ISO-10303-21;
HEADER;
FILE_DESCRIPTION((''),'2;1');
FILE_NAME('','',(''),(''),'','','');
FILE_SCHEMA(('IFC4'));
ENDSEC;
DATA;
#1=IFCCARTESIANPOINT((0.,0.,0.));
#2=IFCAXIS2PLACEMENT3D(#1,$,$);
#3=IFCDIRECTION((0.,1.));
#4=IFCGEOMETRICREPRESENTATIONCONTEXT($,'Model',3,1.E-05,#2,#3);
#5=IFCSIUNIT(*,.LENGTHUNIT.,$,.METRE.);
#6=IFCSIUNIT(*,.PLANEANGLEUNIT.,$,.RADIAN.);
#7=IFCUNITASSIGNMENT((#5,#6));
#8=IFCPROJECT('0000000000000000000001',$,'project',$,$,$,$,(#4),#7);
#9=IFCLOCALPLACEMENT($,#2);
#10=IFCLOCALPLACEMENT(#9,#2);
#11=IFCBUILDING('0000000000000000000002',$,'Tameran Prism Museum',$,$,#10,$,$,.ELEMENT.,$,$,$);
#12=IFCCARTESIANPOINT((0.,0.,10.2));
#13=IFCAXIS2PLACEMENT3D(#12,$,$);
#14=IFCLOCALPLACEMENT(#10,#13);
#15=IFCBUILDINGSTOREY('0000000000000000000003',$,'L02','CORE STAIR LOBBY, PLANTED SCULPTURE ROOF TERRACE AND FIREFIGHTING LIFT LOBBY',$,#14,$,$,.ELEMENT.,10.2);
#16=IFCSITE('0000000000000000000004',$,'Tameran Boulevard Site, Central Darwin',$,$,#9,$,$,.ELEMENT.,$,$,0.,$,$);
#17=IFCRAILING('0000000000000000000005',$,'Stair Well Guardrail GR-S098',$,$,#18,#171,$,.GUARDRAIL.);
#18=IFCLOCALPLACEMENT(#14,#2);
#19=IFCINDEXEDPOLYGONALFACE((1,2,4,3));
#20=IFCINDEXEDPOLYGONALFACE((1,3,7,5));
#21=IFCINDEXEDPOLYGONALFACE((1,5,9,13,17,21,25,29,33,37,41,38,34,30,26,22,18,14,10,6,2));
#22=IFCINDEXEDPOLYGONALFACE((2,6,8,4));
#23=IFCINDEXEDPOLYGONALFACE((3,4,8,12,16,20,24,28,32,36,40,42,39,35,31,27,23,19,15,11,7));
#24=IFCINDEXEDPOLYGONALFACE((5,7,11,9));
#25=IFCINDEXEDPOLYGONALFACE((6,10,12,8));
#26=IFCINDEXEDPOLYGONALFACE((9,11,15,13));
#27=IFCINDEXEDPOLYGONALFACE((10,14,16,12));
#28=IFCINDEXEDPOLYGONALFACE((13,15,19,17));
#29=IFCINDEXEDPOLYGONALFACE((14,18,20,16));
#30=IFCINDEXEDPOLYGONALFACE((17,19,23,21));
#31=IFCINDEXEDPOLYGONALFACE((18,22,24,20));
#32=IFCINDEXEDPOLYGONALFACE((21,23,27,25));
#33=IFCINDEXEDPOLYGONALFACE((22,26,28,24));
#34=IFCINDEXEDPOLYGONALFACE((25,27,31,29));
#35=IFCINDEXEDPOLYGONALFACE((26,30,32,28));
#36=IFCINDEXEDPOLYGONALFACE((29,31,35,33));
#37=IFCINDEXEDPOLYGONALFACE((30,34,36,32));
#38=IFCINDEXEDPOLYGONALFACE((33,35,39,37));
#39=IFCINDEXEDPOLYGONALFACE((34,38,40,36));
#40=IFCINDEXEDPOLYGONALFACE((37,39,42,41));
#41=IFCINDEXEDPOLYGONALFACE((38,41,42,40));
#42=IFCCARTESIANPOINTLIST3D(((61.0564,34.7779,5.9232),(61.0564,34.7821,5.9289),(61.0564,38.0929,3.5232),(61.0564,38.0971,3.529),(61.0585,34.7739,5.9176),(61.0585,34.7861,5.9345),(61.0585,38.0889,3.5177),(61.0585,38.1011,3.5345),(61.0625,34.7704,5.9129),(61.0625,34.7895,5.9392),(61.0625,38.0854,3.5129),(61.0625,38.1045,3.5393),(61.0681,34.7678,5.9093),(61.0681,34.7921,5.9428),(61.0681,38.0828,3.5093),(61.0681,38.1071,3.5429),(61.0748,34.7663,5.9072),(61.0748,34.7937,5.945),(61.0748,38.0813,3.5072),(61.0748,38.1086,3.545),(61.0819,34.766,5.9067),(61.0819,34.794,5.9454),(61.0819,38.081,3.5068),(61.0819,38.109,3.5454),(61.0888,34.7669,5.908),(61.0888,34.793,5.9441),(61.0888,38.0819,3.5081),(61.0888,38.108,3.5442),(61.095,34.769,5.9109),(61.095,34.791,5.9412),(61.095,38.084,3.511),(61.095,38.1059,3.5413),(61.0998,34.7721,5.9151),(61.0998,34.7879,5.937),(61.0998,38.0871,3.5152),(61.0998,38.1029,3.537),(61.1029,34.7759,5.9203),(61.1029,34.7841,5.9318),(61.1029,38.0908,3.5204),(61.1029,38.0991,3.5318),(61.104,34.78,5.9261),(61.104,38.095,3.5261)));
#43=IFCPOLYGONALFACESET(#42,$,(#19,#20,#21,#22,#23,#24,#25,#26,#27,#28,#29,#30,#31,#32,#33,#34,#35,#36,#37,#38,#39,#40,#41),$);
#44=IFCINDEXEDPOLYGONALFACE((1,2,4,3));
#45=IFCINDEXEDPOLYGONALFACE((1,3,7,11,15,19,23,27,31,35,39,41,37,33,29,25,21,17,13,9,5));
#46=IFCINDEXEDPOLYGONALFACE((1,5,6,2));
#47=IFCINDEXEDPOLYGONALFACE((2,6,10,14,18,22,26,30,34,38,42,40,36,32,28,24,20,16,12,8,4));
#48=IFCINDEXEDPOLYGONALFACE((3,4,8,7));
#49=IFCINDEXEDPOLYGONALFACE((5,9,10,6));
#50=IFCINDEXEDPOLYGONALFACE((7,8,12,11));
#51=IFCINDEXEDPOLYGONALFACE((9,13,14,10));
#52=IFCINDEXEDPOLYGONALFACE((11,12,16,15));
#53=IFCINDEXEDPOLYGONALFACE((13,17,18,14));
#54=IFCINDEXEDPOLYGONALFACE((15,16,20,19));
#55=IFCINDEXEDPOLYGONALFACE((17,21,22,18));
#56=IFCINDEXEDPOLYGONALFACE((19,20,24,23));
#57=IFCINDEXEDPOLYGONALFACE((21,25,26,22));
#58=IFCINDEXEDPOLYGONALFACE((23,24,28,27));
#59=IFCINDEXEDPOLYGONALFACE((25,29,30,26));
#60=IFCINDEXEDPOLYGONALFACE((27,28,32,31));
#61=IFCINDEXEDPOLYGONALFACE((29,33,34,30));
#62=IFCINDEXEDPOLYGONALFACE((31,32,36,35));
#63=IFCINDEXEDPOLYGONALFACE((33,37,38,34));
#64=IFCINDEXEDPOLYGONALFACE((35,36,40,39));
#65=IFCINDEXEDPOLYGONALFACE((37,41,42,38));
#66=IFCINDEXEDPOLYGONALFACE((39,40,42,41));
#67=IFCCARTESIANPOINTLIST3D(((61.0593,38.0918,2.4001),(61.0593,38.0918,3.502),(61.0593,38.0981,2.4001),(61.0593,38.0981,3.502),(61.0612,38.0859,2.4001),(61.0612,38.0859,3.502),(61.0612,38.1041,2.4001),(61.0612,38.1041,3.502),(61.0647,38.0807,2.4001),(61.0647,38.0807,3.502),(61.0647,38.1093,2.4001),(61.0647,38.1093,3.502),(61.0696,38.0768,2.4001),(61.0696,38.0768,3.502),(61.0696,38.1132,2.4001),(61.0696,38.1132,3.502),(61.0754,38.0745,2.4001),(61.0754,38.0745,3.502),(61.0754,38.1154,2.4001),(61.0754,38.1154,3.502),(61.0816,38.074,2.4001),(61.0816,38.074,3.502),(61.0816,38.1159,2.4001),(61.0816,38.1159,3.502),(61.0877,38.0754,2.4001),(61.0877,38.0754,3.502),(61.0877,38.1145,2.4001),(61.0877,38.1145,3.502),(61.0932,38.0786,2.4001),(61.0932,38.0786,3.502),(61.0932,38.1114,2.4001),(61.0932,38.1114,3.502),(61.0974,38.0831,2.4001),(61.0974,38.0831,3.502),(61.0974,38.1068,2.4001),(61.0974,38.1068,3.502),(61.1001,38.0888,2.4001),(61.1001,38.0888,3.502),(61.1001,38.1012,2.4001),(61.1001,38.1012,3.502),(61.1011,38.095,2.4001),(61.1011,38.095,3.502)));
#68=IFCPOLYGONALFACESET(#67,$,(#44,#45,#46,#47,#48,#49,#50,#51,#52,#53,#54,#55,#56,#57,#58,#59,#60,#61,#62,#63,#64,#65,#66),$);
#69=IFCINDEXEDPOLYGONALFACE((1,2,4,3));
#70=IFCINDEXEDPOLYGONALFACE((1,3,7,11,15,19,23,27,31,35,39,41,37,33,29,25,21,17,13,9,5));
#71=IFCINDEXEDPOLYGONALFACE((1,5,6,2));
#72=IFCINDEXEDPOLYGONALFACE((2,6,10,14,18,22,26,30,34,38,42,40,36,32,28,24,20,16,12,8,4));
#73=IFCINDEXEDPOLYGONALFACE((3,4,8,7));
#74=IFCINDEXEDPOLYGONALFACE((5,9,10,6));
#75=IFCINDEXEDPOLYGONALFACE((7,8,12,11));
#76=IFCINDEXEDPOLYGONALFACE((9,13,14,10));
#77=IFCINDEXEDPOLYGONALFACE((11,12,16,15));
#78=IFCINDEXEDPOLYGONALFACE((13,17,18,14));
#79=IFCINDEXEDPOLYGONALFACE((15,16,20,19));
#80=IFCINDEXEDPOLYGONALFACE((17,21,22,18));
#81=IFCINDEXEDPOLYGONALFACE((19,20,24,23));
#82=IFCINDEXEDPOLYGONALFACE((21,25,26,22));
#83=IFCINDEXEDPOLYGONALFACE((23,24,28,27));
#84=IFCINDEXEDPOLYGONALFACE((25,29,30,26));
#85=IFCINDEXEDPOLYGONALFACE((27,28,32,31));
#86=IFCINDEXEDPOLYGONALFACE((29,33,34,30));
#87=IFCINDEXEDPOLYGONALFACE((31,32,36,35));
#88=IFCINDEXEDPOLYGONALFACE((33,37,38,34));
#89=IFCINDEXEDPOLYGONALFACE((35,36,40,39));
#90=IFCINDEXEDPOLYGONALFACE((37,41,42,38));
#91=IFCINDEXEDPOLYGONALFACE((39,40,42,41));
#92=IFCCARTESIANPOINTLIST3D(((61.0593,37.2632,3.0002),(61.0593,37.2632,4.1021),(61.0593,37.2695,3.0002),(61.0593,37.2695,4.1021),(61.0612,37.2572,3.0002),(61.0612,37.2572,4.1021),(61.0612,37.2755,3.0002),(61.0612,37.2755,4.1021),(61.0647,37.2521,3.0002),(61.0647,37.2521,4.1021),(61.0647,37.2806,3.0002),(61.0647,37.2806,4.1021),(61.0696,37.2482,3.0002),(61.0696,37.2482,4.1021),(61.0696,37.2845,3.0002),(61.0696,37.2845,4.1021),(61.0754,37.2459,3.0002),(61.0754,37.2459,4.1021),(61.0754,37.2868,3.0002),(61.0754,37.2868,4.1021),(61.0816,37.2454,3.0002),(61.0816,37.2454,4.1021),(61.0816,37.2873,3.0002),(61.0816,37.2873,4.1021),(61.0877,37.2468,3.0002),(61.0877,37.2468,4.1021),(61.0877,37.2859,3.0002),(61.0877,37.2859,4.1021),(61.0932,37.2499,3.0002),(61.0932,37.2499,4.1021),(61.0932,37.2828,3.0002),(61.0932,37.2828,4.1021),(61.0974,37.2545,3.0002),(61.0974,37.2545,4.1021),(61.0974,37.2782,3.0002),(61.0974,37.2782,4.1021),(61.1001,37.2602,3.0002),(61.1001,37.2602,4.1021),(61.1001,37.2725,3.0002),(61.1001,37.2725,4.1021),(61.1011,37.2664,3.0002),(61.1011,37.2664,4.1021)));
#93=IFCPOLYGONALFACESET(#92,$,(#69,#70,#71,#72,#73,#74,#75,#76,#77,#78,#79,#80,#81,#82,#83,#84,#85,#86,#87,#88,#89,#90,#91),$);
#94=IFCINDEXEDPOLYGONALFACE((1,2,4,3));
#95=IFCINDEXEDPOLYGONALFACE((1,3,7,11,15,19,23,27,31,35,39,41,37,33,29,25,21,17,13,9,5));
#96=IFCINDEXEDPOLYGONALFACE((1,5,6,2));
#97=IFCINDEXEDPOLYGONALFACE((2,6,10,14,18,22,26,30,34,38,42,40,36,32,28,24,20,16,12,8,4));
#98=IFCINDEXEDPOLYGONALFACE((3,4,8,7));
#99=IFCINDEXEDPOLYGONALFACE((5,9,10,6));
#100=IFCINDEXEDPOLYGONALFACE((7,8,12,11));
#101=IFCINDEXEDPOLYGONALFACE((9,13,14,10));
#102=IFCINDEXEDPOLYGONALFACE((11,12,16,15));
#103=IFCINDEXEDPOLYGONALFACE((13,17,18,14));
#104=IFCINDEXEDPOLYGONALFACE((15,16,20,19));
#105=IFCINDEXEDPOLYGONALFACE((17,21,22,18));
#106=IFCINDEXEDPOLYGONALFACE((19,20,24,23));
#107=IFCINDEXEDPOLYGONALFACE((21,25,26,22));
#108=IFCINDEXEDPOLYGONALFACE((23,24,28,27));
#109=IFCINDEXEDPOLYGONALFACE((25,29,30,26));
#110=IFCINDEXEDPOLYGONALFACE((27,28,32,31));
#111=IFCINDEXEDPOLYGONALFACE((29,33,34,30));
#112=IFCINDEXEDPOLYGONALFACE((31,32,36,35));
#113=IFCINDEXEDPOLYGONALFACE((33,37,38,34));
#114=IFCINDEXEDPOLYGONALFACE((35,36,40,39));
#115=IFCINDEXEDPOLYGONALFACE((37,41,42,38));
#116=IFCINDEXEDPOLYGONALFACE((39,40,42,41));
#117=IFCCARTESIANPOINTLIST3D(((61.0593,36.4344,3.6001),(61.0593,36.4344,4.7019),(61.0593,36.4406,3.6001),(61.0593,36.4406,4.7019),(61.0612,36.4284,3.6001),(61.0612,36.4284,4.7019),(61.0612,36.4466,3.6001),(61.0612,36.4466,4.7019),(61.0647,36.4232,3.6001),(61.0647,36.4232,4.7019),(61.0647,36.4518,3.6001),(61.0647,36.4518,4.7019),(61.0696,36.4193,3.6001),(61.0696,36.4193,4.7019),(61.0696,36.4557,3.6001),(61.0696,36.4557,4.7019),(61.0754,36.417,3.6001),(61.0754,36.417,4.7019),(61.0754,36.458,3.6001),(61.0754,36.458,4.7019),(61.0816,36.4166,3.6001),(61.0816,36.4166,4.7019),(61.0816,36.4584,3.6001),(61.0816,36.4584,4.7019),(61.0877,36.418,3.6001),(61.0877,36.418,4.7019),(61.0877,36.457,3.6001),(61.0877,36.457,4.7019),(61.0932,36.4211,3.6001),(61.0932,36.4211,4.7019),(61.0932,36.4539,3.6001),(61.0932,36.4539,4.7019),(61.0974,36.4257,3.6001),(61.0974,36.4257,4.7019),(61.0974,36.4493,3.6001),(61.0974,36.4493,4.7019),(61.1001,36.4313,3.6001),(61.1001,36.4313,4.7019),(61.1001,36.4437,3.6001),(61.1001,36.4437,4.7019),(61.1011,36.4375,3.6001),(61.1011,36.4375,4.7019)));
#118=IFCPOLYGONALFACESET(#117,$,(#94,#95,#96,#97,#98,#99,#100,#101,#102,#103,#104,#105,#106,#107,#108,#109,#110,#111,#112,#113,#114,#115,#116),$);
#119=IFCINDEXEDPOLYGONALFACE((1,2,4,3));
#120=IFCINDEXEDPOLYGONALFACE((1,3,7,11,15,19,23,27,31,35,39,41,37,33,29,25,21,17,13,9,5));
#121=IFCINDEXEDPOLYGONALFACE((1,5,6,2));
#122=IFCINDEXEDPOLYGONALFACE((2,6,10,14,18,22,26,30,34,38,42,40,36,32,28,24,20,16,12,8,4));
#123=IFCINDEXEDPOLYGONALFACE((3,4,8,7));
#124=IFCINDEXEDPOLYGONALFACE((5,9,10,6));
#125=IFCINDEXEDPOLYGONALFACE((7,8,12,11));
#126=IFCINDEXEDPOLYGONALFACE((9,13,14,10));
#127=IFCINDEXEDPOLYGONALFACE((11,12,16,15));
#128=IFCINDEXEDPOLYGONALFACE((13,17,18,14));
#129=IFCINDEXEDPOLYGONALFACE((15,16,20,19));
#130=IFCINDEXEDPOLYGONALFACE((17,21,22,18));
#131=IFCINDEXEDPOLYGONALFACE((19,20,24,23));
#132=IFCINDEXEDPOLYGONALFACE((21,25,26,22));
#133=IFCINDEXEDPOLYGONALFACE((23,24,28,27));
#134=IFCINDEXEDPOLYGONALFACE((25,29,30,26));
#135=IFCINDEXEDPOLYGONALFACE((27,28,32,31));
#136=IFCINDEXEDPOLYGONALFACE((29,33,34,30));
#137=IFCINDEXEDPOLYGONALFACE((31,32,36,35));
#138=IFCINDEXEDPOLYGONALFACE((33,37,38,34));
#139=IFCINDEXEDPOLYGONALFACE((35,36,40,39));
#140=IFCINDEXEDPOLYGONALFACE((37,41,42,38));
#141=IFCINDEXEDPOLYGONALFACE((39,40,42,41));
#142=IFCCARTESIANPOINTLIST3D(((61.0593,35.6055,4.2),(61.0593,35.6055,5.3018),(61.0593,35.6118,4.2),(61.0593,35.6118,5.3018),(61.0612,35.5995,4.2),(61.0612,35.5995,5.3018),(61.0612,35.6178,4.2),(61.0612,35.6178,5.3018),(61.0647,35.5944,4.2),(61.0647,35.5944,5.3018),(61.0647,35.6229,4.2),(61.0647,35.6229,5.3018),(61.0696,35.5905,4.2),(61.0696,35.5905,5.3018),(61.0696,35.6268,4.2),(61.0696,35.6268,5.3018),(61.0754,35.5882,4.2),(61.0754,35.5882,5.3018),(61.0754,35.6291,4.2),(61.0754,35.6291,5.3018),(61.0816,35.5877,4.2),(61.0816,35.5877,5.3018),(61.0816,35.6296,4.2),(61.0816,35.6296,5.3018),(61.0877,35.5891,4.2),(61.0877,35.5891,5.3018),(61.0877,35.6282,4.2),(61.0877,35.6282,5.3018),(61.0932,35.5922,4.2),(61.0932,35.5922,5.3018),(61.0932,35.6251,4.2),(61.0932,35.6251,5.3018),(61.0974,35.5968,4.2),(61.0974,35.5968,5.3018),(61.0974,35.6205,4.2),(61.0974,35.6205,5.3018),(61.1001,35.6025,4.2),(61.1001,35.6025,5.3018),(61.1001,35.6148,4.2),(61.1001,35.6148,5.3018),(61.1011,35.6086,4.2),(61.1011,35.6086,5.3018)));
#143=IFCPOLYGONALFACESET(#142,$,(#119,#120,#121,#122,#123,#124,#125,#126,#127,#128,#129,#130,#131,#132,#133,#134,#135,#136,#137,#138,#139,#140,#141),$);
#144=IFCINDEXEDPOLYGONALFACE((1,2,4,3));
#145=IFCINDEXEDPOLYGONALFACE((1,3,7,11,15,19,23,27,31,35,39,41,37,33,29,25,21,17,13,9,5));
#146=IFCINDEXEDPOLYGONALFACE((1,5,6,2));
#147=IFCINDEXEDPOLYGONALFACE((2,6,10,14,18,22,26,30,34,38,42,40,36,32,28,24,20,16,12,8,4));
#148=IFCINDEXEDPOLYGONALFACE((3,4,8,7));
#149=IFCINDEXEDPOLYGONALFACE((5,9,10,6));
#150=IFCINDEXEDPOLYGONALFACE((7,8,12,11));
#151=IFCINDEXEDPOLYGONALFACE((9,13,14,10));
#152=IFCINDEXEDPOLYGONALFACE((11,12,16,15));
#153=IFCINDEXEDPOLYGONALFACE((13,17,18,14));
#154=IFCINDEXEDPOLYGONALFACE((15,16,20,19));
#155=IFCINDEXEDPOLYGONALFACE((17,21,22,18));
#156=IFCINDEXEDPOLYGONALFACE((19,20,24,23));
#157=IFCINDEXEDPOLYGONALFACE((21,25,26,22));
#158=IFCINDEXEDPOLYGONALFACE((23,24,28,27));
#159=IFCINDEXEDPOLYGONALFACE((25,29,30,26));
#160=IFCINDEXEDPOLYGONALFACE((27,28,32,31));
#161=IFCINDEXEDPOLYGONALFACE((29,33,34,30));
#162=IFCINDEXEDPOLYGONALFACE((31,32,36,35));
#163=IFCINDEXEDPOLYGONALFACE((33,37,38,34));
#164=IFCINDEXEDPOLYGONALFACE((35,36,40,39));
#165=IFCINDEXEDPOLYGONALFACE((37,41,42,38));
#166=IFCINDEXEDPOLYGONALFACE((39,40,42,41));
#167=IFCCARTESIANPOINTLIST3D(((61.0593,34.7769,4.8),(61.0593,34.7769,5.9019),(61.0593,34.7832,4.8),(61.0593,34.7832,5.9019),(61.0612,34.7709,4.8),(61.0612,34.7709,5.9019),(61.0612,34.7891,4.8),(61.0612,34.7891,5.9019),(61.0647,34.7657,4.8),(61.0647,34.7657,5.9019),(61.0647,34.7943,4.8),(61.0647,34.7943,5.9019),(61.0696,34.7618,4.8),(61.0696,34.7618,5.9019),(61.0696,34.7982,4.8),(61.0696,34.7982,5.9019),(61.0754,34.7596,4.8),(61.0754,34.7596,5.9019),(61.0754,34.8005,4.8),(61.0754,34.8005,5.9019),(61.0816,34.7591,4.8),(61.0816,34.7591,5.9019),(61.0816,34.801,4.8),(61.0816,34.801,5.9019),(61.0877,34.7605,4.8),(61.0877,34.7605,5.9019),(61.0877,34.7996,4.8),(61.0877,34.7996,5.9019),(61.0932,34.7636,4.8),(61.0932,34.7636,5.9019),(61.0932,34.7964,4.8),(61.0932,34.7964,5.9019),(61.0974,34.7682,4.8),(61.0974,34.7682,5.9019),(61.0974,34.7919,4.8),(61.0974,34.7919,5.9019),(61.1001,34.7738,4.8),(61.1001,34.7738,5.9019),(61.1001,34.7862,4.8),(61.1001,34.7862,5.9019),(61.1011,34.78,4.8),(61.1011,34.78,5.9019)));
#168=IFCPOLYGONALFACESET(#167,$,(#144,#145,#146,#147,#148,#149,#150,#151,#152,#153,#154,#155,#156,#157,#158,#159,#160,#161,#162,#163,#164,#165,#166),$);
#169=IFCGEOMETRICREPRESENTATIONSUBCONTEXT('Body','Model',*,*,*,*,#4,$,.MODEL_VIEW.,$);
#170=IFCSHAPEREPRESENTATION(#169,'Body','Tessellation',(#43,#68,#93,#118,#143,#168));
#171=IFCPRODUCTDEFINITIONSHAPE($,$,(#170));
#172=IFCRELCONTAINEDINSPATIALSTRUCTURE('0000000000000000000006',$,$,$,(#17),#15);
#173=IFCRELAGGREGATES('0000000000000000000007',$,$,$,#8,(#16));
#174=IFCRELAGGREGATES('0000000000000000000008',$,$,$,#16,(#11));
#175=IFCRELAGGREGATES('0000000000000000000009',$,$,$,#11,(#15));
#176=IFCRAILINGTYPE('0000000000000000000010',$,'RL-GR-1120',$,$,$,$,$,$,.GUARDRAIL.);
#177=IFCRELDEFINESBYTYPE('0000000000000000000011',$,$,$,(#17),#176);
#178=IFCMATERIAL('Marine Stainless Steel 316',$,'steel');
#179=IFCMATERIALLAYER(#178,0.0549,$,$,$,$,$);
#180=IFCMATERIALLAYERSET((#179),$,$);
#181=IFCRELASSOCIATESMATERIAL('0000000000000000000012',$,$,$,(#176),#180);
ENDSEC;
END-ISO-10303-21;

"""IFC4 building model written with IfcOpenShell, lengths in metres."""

from ifc_helpers import new_model, si_unit, direction, frame, origin, origin_2d, place, context, subcontext, project, spatial, circle, extrude, material, layer, layer_set, type_object, element, save


model = new_model("IFC4")

# Units and contexts
model_context = context("Model", 3, precision=1e-05, world=origin(), true_north=direction((0.0, 1.0)))
body_context = subcontext(model_context, "Body", "Model", "MODEL_VIEW")
ifc_project = project(units=[si_unit("LENGTHUNIT", "METRE"), si_unit("PLANEANGLEUNIT", "RADIAN")], contexts=[model_context])

# Site, building, storey
site_placement = place(None, origin())
site = spatial("IfcSite", under=ifc_project, at=site_placement, Name="Tameran Boulevard Site, Central Darwin", CompositionType="ELEMENT", RefElevation=0.0)
building_placement = place(site_placement, origin())
building = spatial("IfcBuilding", under=site, at=building_placement, Name="Tameran Prism Museum", CompositionType="ELEMENT")
storey_placement = place(building_placement, frame((0.0, 0.0, 10.2)))
storey = spatial("IfcBuildingStorey", under=building, at=storey_placement, Name="L02", Description="CORE STAIR LOBBY, PLANTED SCULPTURE ROOF TERRACE AND FIREFIGHTING LIFT LOBBY", CompositionType="ELEMENT", Elevation=10.2)

# Railing
ifc_material_1 = material(Name="Marine Stainless Steel 316", Category="steel")
ifc_layer_1 = layer(ifc_material_1, 0.0549)
ifc_layer_set_1 = layer_set([ifc_layer_1])
railing_type_1 = type_object("IfcRailingType", Name="RL-GR-1120", PredefinedType="GUARDRAIL", material=ifc_layer_set_1)
railing_1_placement = place(storey_placement, frame((61.0801, 38.095, 2.4001)))
element("IfcRailing", 1, at=railing_1_placement, inside=storey, type_object=railing_type_1, Name="Stair Well Guardrail GR-S098", PredefinedType="GUARDRAIL", context=body_context, shape_type="SweptSolid", body=[
    extrude(circle(Radius=0.0239, at=origin_2d()), frame((0.0, 0.0, 1.126), z_axis=(0.0, -0.810009, 0.586418), x_axis=(1.0, 0.0, 0.0)), (0.0, 0.0, 1.0), 4.0925),
    extrude(circle(Radius=0.021, at=origin_2d()), origin(), (0.0, 0.0, 1.0), 1.1018),
    extrude(circle(Radius=0.021, at=origin_2d()), frame((0.0, -0.8286, 0.6001)), (0.0, 0.0, 1.0), 1.1018),
    extrude(circle(Radius=0.021, at=origin_2d()), frame((0.0, -1.6575, 1.2)), (0.0, 0.0, 1.0), 1.1018),
    extrude(circle(Radius=0.021, at=origin_2d()), frame((0.0, -2.4863, 1.7998)), (0.0, 0.0, 1.0), 1.1018),
    extrude(circle(Radius=0.021, at=origin_2d()), frame((0.0, -3.3149, 2.3999)), (0.0, 0.0, 1.0), 1.1018),
])

save(model, "model.ifc")
